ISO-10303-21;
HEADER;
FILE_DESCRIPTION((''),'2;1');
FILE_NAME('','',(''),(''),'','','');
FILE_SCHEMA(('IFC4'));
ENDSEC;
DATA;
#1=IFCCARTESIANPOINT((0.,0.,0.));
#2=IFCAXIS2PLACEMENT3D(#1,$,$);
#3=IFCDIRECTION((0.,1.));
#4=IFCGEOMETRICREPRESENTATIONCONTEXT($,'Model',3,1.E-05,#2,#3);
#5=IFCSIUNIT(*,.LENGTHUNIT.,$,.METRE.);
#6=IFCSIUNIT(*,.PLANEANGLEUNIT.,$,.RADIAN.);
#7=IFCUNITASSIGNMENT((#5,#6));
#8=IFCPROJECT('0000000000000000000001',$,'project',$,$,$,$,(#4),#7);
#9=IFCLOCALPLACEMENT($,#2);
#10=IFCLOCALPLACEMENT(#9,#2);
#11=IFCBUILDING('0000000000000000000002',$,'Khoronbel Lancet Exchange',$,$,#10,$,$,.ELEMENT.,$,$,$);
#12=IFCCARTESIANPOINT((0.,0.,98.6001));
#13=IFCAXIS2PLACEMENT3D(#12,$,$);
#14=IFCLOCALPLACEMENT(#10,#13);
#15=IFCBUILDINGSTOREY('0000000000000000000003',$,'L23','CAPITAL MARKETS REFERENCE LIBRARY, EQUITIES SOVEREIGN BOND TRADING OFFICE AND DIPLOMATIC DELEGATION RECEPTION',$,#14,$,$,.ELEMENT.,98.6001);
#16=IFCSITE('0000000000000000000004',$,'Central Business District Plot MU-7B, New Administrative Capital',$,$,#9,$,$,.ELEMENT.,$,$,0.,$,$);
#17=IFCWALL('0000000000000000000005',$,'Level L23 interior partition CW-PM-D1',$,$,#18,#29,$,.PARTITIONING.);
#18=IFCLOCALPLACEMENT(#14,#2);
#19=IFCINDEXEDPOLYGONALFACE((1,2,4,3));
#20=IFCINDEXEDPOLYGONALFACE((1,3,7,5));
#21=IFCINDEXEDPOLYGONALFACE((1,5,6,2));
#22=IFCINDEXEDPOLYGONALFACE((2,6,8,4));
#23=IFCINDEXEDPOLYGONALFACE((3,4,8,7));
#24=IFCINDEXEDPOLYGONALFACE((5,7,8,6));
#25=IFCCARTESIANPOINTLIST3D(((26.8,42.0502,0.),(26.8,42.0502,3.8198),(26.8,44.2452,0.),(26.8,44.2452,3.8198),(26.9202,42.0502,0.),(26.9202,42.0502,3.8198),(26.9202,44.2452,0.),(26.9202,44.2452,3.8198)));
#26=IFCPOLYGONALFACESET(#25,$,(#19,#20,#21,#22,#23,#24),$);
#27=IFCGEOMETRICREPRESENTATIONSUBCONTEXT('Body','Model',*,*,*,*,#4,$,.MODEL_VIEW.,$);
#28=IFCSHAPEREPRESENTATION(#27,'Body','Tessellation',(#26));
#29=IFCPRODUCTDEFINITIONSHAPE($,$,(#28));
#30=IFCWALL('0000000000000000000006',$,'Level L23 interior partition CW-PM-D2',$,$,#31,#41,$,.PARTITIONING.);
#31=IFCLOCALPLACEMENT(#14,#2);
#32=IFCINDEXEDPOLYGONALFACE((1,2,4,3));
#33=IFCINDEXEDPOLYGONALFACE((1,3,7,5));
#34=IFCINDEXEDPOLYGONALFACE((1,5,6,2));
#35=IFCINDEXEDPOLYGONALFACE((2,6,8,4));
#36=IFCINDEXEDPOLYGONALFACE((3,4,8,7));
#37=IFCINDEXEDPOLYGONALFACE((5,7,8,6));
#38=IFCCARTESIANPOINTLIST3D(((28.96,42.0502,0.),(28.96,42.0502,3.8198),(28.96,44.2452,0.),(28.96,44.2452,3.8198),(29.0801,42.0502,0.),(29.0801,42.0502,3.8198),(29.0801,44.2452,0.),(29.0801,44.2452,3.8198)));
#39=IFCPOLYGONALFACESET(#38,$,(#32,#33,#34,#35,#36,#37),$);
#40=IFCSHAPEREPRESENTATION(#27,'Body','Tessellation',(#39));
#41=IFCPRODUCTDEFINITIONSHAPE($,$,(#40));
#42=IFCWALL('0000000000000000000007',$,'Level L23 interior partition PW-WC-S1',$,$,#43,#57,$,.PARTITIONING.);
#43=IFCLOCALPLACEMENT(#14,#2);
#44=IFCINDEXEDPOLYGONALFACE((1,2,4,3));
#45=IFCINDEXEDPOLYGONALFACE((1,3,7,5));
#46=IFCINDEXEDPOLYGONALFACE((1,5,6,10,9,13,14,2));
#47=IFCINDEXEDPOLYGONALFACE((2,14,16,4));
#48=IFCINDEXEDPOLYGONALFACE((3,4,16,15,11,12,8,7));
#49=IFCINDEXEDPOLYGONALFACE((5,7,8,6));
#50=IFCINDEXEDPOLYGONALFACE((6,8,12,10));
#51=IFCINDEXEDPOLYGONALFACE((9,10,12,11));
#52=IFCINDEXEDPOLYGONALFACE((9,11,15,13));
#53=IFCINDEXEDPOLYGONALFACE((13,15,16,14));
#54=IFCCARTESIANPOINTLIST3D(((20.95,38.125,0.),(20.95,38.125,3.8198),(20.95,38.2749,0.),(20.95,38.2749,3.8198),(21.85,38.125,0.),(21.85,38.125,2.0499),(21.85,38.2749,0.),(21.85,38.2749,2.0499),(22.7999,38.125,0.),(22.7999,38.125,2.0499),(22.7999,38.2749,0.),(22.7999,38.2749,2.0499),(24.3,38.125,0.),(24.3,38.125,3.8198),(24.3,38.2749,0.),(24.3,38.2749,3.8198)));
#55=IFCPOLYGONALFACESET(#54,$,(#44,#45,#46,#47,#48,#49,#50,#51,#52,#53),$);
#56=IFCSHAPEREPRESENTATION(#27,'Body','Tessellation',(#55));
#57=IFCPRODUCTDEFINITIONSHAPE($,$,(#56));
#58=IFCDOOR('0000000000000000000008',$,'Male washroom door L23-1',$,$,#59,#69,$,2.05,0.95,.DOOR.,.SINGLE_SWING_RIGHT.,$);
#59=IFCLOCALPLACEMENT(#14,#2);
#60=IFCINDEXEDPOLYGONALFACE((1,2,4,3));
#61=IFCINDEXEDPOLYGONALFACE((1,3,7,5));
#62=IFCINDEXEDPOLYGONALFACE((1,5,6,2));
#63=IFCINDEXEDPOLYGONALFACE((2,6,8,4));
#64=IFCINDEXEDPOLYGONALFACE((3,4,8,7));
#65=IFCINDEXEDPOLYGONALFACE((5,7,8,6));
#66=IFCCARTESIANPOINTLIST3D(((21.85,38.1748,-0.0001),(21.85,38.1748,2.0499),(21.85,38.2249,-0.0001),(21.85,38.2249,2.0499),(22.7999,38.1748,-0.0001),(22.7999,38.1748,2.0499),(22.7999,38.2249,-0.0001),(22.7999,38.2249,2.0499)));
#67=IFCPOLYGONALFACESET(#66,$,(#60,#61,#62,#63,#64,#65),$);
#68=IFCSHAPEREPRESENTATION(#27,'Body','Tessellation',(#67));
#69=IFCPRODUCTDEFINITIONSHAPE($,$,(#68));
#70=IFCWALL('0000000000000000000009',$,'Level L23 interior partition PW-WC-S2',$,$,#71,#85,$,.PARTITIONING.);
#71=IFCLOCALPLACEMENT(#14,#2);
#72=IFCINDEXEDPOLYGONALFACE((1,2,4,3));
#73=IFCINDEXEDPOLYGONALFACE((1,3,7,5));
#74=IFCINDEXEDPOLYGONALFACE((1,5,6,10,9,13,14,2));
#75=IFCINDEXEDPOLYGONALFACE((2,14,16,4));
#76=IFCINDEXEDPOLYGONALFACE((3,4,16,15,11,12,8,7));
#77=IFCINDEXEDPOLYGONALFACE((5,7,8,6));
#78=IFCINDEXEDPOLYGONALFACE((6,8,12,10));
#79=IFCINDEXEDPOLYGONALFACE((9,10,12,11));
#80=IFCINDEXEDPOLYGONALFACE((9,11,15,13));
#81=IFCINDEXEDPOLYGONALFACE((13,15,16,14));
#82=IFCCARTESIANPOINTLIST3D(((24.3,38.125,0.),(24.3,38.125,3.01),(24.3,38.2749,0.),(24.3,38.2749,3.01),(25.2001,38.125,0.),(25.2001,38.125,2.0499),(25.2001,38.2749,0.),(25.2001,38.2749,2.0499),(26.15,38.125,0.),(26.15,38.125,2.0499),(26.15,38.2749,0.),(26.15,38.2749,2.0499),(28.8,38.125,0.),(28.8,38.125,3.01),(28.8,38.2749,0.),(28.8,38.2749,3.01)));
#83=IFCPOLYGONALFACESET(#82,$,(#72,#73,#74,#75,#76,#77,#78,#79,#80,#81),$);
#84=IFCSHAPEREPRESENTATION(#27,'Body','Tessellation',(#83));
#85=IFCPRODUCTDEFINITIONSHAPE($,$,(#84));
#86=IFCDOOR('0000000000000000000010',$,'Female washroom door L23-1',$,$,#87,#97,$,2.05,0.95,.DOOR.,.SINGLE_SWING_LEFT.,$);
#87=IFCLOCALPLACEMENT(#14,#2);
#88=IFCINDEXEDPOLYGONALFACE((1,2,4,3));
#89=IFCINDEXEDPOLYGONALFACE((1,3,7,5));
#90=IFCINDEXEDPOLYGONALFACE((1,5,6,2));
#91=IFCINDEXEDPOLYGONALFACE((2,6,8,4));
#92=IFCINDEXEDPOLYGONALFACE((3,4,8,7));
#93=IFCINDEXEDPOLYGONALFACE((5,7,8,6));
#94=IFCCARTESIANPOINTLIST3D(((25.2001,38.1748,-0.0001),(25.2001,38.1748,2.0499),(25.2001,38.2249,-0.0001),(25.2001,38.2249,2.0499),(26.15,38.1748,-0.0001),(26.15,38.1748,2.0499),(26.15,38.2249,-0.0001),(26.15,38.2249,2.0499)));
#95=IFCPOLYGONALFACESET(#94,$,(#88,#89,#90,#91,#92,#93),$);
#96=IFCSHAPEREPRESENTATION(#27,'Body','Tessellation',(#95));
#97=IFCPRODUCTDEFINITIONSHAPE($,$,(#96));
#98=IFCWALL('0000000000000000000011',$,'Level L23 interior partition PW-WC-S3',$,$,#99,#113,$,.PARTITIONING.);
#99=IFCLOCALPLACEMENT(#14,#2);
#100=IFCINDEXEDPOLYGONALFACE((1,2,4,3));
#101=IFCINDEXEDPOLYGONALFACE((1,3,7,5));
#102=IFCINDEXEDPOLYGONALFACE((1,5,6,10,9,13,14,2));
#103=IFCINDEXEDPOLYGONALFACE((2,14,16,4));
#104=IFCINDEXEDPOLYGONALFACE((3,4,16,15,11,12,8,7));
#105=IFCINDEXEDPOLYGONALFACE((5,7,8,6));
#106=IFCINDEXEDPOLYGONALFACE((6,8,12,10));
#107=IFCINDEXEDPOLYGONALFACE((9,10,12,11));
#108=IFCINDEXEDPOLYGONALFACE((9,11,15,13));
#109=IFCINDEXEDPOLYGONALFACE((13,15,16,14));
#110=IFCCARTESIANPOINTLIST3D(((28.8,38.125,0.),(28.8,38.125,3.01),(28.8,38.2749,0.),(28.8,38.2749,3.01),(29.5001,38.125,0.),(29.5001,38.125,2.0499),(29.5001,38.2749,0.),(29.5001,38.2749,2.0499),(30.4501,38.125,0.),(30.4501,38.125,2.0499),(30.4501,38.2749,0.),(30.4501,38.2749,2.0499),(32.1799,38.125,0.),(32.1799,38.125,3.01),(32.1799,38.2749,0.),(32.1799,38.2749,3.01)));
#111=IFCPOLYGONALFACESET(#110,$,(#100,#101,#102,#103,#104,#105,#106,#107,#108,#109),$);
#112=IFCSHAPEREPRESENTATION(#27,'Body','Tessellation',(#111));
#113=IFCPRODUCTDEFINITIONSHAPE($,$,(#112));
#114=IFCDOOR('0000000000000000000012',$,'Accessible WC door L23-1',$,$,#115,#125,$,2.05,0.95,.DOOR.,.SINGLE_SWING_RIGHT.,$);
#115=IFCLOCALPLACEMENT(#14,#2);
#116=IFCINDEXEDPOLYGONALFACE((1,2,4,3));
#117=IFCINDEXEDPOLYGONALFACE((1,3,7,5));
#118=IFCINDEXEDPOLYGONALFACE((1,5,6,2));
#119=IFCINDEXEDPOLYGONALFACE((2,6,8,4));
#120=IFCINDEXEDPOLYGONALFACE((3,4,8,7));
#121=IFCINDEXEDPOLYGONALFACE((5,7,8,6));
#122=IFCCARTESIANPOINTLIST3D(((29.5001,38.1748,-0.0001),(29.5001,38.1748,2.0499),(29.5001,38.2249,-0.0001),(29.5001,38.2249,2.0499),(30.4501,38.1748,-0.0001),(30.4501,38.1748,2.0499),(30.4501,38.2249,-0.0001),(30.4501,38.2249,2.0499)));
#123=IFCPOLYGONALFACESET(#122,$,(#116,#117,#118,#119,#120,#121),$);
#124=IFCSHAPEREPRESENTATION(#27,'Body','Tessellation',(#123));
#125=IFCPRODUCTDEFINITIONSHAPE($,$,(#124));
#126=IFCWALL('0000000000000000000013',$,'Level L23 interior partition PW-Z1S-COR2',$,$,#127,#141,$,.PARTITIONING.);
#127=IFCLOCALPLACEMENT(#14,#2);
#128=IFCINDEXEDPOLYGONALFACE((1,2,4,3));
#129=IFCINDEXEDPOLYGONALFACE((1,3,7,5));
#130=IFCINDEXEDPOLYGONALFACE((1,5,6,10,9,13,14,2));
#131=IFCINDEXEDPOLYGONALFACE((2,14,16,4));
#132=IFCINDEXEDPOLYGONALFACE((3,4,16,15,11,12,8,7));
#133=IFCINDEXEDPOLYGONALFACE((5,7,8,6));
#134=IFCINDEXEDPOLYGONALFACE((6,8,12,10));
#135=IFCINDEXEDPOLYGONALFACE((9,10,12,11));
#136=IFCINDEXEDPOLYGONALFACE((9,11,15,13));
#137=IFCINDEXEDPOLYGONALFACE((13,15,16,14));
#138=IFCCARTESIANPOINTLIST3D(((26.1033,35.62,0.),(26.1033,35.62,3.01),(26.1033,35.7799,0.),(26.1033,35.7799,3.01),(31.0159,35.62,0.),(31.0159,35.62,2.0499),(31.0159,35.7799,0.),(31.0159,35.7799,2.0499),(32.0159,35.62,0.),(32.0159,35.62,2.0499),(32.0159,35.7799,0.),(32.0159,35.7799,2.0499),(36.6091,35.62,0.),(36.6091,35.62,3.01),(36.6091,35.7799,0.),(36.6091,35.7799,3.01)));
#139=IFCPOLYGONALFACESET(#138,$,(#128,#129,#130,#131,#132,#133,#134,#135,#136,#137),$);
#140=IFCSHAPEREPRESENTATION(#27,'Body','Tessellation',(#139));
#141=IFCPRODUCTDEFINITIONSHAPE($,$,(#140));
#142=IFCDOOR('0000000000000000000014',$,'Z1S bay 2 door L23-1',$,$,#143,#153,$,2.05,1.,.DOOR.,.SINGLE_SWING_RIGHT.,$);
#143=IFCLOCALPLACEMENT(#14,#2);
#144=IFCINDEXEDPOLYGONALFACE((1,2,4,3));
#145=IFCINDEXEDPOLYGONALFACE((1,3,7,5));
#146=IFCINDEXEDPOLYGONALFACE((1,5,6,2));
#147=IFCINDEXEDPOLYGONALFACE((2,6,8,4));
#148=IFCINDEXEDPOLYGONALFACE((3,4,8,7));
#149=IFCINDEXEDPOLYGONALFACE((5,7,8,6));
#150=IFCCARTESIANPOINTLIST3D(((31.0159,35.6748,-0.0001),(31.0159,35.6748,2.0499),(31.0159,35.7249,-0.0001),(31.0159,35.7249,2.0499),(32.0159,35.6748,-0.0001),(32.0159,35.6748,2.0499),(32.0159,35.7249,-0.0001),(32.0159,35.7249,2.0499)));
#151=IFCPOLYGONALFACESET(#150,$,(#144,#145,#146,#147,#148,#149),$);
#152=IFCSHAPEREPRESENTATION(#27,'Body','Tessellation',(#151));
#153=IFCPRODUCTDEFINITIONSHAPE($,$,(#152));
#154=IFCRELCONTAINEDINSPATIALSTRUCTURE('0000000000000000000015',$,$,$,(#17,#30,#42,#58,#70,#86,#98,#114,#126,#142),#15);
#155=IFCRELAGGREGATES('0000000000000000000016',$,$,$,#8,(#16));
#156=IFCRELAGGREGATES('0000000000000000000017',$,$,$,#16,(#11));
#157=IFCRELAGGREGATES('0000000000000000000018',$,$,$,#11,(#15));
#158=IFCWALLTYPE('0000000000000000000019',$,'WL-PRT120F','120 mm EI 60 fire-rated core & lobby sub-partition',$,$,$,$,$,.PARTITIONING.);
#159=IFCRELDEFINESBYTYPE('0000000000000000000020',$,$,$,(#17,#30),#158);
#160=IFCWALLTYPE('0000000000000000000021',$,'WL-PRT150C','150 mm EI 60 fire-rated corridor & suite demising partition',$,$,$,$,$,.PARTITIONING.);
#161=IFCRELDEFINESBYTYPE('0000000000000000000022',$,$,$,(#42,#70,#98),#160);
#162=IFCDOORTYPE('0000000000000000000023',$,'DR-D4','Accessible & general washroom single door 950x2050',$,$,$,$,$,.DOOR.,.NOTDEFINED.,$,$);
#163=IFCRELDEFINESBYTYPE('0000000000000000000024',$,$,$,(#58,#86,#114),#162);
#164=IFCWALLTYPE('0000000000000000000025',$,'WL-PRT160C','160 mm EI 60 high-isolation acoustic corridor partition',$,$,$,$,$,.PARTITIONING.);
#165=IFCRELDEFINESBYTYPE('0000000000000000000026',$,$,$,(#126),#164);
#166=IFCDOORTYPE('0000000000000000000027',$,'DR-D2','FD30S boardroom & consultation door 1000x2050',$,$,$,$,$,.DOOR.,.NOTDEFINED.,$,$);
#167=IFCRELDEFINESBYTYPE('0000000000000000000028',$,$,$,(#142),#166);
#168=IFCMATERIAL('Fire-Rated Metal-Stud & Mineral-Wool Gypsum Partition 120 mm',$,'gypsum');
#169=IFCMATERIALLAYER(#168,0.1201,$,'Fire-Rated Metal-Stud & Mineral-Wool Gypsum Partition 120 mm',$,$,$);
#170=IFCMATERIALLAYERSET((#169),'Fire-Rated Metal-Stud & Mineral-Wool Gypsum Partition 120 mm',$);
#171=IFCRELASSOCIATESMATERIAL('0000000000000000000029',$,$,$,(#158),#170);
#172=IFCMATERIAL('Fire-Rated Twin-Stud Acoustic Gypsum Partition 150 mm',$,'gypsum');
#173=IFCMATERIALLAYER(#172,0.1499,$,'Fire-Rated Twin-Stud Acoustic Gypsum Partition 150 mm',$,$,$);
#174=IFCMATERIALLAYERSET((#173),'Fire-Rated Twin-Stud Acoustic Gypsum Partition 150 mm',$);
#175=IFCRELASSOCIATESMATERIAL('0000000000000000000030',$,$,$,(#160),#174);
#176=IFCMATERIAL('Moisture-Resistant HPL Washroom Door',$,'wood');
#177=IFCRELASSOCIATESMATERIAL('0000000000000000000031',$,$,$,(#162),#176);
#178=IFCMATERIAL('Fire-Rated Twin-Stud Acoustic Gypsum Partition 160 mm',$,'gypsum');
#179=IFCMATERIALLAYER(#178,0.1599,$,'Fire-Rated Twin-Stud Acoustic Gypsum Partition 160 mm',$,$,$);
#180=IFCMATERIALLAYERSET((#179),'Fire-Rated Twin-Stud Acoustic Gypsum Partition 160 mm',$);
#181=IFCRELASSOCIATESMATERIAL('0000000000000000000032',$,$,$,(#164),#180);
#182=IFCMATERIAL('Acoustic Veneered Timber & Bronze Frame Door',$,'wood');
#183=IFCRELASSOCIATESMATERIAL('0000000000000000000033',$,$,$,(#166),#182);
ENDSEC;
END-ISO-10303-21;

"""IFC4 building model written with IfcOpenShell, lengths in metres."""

from ifc_helpers import new_model, si_unit, direction, frame, frame_2d, origin, place, context, subcontext, project, spatial, rectangle, extrude, material, layer, layer_set, type_object, element, fill, save


model = new_model("IFC4")

# Units and contexts
model_context = context("Model", 3, precision=1e-05, world=origin(), true_north=direction((0.0, 1.0)))
body_context = subcontext(model_context, "Body", "Model", "MODEL_VIEW")
ifc_project = project(units=[si_unit("LENGTHUNIT", "METRE"), si_unit("PLANEANGLEUNIT", "RADIAN")], contexts=[model_context])

# Site, building, storey
site_placement = place(None, origin())
site = spatial("IfcSite", under=ifc_project, at=site_placement, Name="Central Business District Plot MU-7B, New Administrative Capital", CompositionType="ELEMENT", RefElevation=0.0)
building_placement = place(site_placement, origin())
building = spatial("IfcBuilding", under=site, at=building_placement, Name="Khoronbel Lancet Exchange", CompositionType="ELEMENT")
storey_placement = place(building_placement, frame((0.0, 0.0, 98.6001)))
storey = spatial("IfcBuildingStorey", under=building, at=storey_placement, Name="L23", Description="CAPITAL MARKETS REFERENCE LIBRARY, EQUITIES SOVEREIGN BOND TRADING OFFICE AND DIPLOMATIC DELEGATION RECEPTION", CompositionType="ELEMENT", Elevation=98.6001)

# Walls
ifc_material_1 = material(Name="Fire-Rated Metal-Stud & Mineral-Wool Gypsum Partition 120 mm", Category="gypsum")
ifc_layer_1 = layer(ifc_material_1, 0.1201, Name="Fire-Rated Metal-Stud & Mineral-Wool Gypsum Partition 120 mm")
ifc_layer_set_1 = layer_set([ifc_layer_1], Name="Fire-Rated Metal-Stud & Mineral-Wool Gypsum Partition 120 mm")
wall_type_1 = type_object("IfcWallType", Name="WL-PRT120F", Description="120 mm EI 60 fire-rated core & lobby sub-partition", PredefinedType="PARTITIONING", material=ifc_layer_set_1)
for number, where, z_axis, x_axis, name in (
    (1, (26.8601, 42.05, 0.0), (0.0, 0.0, 1.0), (0.0, 1.0, 0.0), "Level L23 interior partition CW-PM-D1"),
    (2, (29.02, 42.05, 0.0), (0.0, 0.0, 1.0), (0.0, 1.0, 0.0), "Level L23 interior partition CW-PM-D2"),
):
    element("IfcWall", number, at=place(storey_placement, frame(where, z_axis=z_axis, x_axis=x_axis)), inside=storey, type_object=wall_type_1, Name=name, PredefinedType="PARTITIONING", context=body_context, shape_type="SweptSolid", body=[
        extrude(rectangle(XDim=2.1951, YDim=0.1201, at=frame_2d((1.0977, 0.0))), origin(), (0.0, 0.0, 1.0), 3.8198),
    ])

# Walls, openings, doors
ifc_material_2 = material(Name="Fire-Rated Twin-Stud Acoustic Gypsum Partition 150 mm", Category="gypsum")
ifc_layer_2 = layer(ifc_material_2, 0.1499, Name="Fire-Rated Twin-Stud Acoustic Gypsum Partition 150 mm")
ifc_layer_set_2 = layer_set([ifc_layer_2], Name="Fire-Rated Twin-Stud Acoustic Gypsum Partition 150 mm")
wall_type_2 = type_object("IfcWallType", Name="WL-PRT150C", Description="150 mm EI 60 fire-rated corridor & suite demising partition", PredefinedType="PARTITIONING", material=ifc_layer_set_2)
wall_1_placement = place(storey_placement, frame((20.95, 38.2, 0.0), z_axis=(0.0, 0.0, 1.0), x_axis=(1.0, 0.0, 0.0)))
wall_1 = element("IfcWall", 3, at=wall_1_placement, inside=storey, type_object=wall_type_2, Name="Level L23 interior partition PW-WC-S1", PredefinedType="PARTITIONING", context=body_context, shape_type="SweptSolid", body=[
    extrude(rectangle(XDim=3.3501, YDim=0.1499, at=frame_2d((1.675, 0.0))), origin(), (0.0, 0.0, 1.0), 3.8198),
])
opening_1_placement = place(wall_1_placement, frame((0.8999, 0.0, 0.0)))
opening_1 = element("IfcOpeningElement", 4, at=opening_1_placement, cuts=wall_1, PredefinedType="OPENING", context=body_context, shape_type="SweptSolid", body=[
    extrude(rectangle(XDim=0.95, YDim=2.05, at=frame_2d((0.4751, 1.0249))), frame((0.0, 0.085, 0.0), z_axis=(0.0, -1.0, 0.0), x_axis=(1.0, 0.0, 0.0)), (0.0, 0.0, 1.0), 0.1699),
])
ifc_material_3 = material(Name="Moisture-Resistant HPL Washroom Door", Category="wood")
door_type_1 = type_object("IfcDoorType", Name="DR-D4", Description="Accessible & general washroom single door 950x2050", OperationType="NOTDEFINED", PredefinedType="DOOR", material=ifc_material_3)
door_1_placement = place(opening_1_placement, origin())
door_1 = element("IfcDoor", 5, at=door_1_placement, inside=storey, type_object=door_type_1, Name="Male washroom door L23-1", OperationType="SINGLE_SWING_RIGHT", OverallHeight=2.05, OverallWidth=0.95, PredefinedType="DOOR", context=body_context, shape_type="SweptSolid", body=[
    extrude(rectangle(XDim=0.95, YDim=2.05, at=frame_2d((0.4751, 1.0249))), frame((0.0, 0.0249, 0.0), z_axis=(0.0, -1.0, 0.0), x_axis=(1.0, 0.0, 0.0)), (0.0, 0.0, 1.0), 0.05),
])
fill(opening_1, door_1)
wall_2_placement = place(storey_placement, frame((24.3, 38.2, 0.0), z_axis=(0.0, 0.0, 1.0), x_axis=(1.0, 0.0, 0.0)))
wall_2 = element("IfcWall", 6, at=wall_2_placement, inside=storey, type_object=wall_type_2, Name="Level L23 interior partition PW-WC-S2", PredefinedType="PARTITIONING", context=body_context, shape_type="SweptSolid", body=[
    extrude(rectangle(XDim=4.5, YDim=0.1499, at=frame_2d((2.25, 0.0))), origin(), (0.0, 0.0, 1.0), 3.01),
])
opening_2_placement = place(wall_2_placement, frame((0.8999, 0.0, 0.0)))
opening_2 = element("IfcOpeningElement", 7, at=opening_2_placement, cuts=wall_2, PredefinedType="OPENING", context=body_context, shape_type="SweptSolid", body=[
    extrude(rectangle(XDim=0.95, YDim=2.05, at=frame_2d((0.4751, 1.0249))), frame((0.0, 0.085, 0.0), z_axis=(0.0, -1.0, 0.0), x_axis=(1.0, 0.0, 0.0)), (0.0, 0.0, 1.0), 0.1699),
])
door_2_placement = place(opening_2_placement, origin())
door_2 = element("IfcDoor", 8, at=door_2_placement, inside=storey, type_object=door_type_1, Name="Female washroom door L23-1", OperationType="SINGLE_SWING_LEFT", OverallHeight=2.05, OverallWidth=0.95, PredefinedType="DOOR", context=body_context, shape_type="SweptSolid", body=[
    extrude(rectangle(XDim=0.95, YDim=2.05, at=frame_2d((0.4751, 1.0249))), frame((0.0, 0.0249, 0.0), z_axis=(0.0, -1.0, 0.0), x_axis=(1.0, 0.0, 0.0)), (0.0, 0.0, 1.0), 0.05),
])
fill(opening_2, door_2)
wall_3_placement = place(storey_placement, frame((28.8, 38.2, 0.0), z_axis=(0.0, 0.0, 1.0), x_axis=(1.0, 0.0, 0.0)))
wall_3 = element("IfcWall", 9, at=wall_3_placement, inside=storey, type_object=wall_type_2, Name="Level L23 interior partition PW-WC-S3", PredefinedType="PARTITIONING", context=body_context, shape_type="SweptSolid", body=[
    extrude(rectangle(XDim=3.3799, YDim=0.1499, at=frame_2d((1.6899, 0.0))), origin(), (0.0, 0.0, 1.0), 3.01),
])
opening_3_placement = place(wall_3_placement, frame((0.7, 0.0, 0.0)))
opening_3 = element("IfcOpeningElement", 10, at=opening_3_placement, cuts=wall_3, PredefinedType="OPENING", context=body_context, shape_type="SweptSolid", body=[
    extrude(rectangle(XDim=0.95, YDim=2.05, at=frame_2d((0.4751, 1.0249))), frame((0.0, 0.085, 0.0), z_axis=(0.0, -1.0, 0.0), x_axis=(1.0, 0.0, 0.0)), (0.0, 0.0, 1.0), 0.1699),
])
door_3_placement = place(opening_3_placement, origin())
door_3 = element("IfcDoor", 11, at=door_3_placement, inside=storey, type_object=door_type_1, Name="Accessible WC door L23-1", OperationType="SINGLE_SWING_RIGHT", OverallHeight=2.05, OverallWidth=0.95, PredefinedType="DOOR", context=body_context, shape_type="SweptSolid", body=[
    extrude(rectangle(XDim=0.95, YDim=2.05, at=frame_2d((0.4751, 1.0249))), frame((0.0, 0.0249, 0.0), z_axis=(0.0, -1.0, 0.0), x_axis=(1.0, 0.0, 0.0)), (0.0, 0.0, 1.0), 0.05),
])
fill(opening_3, door_3)
ifc_material_4 = material(Name="Fire-Rated Twin-Stud Acoustic Gypsum Partition 160 mm", Category="gypsum")
ifc_layer_3 = layer(ifc_material_4, 0.1599, Name="Fire-Rated Twin-Stud Acoustic Gypsum Partition 160 mm")
ifc_layer_set_3 = layer_set([ifc_layer_3], Name="Fire-Rated Twin-Stud Acoustic Gypsum Partition 160 mm")
wall_type_3 = type_object("IfcWallType", Name="WL-PRT160C", Description="160 mm EI 60 high-isolation acoustic corridor partition", PredefinedType="PARTITIONING", material=ifc_layer_set_3)
wall_4_placement = place(storey_placement, frame((26.1033, 35.7, 0.0), z_axis=(0.0, 0.0, 1.0), x_axis=(1.0, 0.0, 0.0)))
wall_4 = element("IfcWall", 12, at=wall_4_placement, inside=storey, type_object=wall_type_3, Name="Level L23 interior partition PW-Z1S-COR2", PredefinedType="PARTITIONING", context=body_context, shape_type="SweptSolid", body=[
    extrude(rectangle(XDim=10.5059, YDim=0.1599, at=frame_2d((5.2529, 0.0))), origin(), (0.0, 0.0, 1.0), 3.01),
])
opening_4_placement = place(wall_4_placement, frame((4.9126, 0.0, 0.0)))
opening_4 = element("IfcOpeningElement", 13, at=opening_4_placement, cuts=wall_4, PredefinedType="OPENING", context=body_context, shape_type="SweptSolid", body=[
    extrude(rectangle(XDim=1.0, YDim=2.05, at=frame_2d((0.5, 1.0249))), frame((0.0, 0.0898, 0.0), z_axis=(0.0, -1.0, 0.0), x_axis=(1.0, 0.0, 0.0)), (0.0, 0.0, 1.0), 0.1799),
])
ifc_material_5 = material(Name="Acoustic Veneered Timber & Bronze Frame Door", Category="wood")
door_type_2 = type_object("IfcDoorType", Name="DR-D2", Description="FD30S boardroom & consultation door 1000x2050", OperationType="NOTDEFINED", PredefinedType="DOOR", material=ifc_material_5)
door_4_placement = place(opening_4_placement, origin())
door_4 = element("IfcDoor", 14, at=door_4_placement, inside=storey, type_object=door_type_2, Name="Z1S bay 2 door L23-1", OperationType="SINGLE_SWING_RIGHT", OverallHeight=2.05, OverallWidth=1.0, PredefinedType="DOOR", context=body_context, shape_type="SweptSolid", body=[
    extrude(rectangle(XDim=1.0, YDim=2.05, at=frame_2d((0.5, 1.0249))), frame((0.0, 0.0249, 0.0), z_axis=(0.0, -1.0, 0.0), x_axis=(1.0, 0.0, 0.0)), (0.0, 0.0, 1.0), 0.05),
])
fill(opening_4, door_4)

save(model, "model.ifc")
